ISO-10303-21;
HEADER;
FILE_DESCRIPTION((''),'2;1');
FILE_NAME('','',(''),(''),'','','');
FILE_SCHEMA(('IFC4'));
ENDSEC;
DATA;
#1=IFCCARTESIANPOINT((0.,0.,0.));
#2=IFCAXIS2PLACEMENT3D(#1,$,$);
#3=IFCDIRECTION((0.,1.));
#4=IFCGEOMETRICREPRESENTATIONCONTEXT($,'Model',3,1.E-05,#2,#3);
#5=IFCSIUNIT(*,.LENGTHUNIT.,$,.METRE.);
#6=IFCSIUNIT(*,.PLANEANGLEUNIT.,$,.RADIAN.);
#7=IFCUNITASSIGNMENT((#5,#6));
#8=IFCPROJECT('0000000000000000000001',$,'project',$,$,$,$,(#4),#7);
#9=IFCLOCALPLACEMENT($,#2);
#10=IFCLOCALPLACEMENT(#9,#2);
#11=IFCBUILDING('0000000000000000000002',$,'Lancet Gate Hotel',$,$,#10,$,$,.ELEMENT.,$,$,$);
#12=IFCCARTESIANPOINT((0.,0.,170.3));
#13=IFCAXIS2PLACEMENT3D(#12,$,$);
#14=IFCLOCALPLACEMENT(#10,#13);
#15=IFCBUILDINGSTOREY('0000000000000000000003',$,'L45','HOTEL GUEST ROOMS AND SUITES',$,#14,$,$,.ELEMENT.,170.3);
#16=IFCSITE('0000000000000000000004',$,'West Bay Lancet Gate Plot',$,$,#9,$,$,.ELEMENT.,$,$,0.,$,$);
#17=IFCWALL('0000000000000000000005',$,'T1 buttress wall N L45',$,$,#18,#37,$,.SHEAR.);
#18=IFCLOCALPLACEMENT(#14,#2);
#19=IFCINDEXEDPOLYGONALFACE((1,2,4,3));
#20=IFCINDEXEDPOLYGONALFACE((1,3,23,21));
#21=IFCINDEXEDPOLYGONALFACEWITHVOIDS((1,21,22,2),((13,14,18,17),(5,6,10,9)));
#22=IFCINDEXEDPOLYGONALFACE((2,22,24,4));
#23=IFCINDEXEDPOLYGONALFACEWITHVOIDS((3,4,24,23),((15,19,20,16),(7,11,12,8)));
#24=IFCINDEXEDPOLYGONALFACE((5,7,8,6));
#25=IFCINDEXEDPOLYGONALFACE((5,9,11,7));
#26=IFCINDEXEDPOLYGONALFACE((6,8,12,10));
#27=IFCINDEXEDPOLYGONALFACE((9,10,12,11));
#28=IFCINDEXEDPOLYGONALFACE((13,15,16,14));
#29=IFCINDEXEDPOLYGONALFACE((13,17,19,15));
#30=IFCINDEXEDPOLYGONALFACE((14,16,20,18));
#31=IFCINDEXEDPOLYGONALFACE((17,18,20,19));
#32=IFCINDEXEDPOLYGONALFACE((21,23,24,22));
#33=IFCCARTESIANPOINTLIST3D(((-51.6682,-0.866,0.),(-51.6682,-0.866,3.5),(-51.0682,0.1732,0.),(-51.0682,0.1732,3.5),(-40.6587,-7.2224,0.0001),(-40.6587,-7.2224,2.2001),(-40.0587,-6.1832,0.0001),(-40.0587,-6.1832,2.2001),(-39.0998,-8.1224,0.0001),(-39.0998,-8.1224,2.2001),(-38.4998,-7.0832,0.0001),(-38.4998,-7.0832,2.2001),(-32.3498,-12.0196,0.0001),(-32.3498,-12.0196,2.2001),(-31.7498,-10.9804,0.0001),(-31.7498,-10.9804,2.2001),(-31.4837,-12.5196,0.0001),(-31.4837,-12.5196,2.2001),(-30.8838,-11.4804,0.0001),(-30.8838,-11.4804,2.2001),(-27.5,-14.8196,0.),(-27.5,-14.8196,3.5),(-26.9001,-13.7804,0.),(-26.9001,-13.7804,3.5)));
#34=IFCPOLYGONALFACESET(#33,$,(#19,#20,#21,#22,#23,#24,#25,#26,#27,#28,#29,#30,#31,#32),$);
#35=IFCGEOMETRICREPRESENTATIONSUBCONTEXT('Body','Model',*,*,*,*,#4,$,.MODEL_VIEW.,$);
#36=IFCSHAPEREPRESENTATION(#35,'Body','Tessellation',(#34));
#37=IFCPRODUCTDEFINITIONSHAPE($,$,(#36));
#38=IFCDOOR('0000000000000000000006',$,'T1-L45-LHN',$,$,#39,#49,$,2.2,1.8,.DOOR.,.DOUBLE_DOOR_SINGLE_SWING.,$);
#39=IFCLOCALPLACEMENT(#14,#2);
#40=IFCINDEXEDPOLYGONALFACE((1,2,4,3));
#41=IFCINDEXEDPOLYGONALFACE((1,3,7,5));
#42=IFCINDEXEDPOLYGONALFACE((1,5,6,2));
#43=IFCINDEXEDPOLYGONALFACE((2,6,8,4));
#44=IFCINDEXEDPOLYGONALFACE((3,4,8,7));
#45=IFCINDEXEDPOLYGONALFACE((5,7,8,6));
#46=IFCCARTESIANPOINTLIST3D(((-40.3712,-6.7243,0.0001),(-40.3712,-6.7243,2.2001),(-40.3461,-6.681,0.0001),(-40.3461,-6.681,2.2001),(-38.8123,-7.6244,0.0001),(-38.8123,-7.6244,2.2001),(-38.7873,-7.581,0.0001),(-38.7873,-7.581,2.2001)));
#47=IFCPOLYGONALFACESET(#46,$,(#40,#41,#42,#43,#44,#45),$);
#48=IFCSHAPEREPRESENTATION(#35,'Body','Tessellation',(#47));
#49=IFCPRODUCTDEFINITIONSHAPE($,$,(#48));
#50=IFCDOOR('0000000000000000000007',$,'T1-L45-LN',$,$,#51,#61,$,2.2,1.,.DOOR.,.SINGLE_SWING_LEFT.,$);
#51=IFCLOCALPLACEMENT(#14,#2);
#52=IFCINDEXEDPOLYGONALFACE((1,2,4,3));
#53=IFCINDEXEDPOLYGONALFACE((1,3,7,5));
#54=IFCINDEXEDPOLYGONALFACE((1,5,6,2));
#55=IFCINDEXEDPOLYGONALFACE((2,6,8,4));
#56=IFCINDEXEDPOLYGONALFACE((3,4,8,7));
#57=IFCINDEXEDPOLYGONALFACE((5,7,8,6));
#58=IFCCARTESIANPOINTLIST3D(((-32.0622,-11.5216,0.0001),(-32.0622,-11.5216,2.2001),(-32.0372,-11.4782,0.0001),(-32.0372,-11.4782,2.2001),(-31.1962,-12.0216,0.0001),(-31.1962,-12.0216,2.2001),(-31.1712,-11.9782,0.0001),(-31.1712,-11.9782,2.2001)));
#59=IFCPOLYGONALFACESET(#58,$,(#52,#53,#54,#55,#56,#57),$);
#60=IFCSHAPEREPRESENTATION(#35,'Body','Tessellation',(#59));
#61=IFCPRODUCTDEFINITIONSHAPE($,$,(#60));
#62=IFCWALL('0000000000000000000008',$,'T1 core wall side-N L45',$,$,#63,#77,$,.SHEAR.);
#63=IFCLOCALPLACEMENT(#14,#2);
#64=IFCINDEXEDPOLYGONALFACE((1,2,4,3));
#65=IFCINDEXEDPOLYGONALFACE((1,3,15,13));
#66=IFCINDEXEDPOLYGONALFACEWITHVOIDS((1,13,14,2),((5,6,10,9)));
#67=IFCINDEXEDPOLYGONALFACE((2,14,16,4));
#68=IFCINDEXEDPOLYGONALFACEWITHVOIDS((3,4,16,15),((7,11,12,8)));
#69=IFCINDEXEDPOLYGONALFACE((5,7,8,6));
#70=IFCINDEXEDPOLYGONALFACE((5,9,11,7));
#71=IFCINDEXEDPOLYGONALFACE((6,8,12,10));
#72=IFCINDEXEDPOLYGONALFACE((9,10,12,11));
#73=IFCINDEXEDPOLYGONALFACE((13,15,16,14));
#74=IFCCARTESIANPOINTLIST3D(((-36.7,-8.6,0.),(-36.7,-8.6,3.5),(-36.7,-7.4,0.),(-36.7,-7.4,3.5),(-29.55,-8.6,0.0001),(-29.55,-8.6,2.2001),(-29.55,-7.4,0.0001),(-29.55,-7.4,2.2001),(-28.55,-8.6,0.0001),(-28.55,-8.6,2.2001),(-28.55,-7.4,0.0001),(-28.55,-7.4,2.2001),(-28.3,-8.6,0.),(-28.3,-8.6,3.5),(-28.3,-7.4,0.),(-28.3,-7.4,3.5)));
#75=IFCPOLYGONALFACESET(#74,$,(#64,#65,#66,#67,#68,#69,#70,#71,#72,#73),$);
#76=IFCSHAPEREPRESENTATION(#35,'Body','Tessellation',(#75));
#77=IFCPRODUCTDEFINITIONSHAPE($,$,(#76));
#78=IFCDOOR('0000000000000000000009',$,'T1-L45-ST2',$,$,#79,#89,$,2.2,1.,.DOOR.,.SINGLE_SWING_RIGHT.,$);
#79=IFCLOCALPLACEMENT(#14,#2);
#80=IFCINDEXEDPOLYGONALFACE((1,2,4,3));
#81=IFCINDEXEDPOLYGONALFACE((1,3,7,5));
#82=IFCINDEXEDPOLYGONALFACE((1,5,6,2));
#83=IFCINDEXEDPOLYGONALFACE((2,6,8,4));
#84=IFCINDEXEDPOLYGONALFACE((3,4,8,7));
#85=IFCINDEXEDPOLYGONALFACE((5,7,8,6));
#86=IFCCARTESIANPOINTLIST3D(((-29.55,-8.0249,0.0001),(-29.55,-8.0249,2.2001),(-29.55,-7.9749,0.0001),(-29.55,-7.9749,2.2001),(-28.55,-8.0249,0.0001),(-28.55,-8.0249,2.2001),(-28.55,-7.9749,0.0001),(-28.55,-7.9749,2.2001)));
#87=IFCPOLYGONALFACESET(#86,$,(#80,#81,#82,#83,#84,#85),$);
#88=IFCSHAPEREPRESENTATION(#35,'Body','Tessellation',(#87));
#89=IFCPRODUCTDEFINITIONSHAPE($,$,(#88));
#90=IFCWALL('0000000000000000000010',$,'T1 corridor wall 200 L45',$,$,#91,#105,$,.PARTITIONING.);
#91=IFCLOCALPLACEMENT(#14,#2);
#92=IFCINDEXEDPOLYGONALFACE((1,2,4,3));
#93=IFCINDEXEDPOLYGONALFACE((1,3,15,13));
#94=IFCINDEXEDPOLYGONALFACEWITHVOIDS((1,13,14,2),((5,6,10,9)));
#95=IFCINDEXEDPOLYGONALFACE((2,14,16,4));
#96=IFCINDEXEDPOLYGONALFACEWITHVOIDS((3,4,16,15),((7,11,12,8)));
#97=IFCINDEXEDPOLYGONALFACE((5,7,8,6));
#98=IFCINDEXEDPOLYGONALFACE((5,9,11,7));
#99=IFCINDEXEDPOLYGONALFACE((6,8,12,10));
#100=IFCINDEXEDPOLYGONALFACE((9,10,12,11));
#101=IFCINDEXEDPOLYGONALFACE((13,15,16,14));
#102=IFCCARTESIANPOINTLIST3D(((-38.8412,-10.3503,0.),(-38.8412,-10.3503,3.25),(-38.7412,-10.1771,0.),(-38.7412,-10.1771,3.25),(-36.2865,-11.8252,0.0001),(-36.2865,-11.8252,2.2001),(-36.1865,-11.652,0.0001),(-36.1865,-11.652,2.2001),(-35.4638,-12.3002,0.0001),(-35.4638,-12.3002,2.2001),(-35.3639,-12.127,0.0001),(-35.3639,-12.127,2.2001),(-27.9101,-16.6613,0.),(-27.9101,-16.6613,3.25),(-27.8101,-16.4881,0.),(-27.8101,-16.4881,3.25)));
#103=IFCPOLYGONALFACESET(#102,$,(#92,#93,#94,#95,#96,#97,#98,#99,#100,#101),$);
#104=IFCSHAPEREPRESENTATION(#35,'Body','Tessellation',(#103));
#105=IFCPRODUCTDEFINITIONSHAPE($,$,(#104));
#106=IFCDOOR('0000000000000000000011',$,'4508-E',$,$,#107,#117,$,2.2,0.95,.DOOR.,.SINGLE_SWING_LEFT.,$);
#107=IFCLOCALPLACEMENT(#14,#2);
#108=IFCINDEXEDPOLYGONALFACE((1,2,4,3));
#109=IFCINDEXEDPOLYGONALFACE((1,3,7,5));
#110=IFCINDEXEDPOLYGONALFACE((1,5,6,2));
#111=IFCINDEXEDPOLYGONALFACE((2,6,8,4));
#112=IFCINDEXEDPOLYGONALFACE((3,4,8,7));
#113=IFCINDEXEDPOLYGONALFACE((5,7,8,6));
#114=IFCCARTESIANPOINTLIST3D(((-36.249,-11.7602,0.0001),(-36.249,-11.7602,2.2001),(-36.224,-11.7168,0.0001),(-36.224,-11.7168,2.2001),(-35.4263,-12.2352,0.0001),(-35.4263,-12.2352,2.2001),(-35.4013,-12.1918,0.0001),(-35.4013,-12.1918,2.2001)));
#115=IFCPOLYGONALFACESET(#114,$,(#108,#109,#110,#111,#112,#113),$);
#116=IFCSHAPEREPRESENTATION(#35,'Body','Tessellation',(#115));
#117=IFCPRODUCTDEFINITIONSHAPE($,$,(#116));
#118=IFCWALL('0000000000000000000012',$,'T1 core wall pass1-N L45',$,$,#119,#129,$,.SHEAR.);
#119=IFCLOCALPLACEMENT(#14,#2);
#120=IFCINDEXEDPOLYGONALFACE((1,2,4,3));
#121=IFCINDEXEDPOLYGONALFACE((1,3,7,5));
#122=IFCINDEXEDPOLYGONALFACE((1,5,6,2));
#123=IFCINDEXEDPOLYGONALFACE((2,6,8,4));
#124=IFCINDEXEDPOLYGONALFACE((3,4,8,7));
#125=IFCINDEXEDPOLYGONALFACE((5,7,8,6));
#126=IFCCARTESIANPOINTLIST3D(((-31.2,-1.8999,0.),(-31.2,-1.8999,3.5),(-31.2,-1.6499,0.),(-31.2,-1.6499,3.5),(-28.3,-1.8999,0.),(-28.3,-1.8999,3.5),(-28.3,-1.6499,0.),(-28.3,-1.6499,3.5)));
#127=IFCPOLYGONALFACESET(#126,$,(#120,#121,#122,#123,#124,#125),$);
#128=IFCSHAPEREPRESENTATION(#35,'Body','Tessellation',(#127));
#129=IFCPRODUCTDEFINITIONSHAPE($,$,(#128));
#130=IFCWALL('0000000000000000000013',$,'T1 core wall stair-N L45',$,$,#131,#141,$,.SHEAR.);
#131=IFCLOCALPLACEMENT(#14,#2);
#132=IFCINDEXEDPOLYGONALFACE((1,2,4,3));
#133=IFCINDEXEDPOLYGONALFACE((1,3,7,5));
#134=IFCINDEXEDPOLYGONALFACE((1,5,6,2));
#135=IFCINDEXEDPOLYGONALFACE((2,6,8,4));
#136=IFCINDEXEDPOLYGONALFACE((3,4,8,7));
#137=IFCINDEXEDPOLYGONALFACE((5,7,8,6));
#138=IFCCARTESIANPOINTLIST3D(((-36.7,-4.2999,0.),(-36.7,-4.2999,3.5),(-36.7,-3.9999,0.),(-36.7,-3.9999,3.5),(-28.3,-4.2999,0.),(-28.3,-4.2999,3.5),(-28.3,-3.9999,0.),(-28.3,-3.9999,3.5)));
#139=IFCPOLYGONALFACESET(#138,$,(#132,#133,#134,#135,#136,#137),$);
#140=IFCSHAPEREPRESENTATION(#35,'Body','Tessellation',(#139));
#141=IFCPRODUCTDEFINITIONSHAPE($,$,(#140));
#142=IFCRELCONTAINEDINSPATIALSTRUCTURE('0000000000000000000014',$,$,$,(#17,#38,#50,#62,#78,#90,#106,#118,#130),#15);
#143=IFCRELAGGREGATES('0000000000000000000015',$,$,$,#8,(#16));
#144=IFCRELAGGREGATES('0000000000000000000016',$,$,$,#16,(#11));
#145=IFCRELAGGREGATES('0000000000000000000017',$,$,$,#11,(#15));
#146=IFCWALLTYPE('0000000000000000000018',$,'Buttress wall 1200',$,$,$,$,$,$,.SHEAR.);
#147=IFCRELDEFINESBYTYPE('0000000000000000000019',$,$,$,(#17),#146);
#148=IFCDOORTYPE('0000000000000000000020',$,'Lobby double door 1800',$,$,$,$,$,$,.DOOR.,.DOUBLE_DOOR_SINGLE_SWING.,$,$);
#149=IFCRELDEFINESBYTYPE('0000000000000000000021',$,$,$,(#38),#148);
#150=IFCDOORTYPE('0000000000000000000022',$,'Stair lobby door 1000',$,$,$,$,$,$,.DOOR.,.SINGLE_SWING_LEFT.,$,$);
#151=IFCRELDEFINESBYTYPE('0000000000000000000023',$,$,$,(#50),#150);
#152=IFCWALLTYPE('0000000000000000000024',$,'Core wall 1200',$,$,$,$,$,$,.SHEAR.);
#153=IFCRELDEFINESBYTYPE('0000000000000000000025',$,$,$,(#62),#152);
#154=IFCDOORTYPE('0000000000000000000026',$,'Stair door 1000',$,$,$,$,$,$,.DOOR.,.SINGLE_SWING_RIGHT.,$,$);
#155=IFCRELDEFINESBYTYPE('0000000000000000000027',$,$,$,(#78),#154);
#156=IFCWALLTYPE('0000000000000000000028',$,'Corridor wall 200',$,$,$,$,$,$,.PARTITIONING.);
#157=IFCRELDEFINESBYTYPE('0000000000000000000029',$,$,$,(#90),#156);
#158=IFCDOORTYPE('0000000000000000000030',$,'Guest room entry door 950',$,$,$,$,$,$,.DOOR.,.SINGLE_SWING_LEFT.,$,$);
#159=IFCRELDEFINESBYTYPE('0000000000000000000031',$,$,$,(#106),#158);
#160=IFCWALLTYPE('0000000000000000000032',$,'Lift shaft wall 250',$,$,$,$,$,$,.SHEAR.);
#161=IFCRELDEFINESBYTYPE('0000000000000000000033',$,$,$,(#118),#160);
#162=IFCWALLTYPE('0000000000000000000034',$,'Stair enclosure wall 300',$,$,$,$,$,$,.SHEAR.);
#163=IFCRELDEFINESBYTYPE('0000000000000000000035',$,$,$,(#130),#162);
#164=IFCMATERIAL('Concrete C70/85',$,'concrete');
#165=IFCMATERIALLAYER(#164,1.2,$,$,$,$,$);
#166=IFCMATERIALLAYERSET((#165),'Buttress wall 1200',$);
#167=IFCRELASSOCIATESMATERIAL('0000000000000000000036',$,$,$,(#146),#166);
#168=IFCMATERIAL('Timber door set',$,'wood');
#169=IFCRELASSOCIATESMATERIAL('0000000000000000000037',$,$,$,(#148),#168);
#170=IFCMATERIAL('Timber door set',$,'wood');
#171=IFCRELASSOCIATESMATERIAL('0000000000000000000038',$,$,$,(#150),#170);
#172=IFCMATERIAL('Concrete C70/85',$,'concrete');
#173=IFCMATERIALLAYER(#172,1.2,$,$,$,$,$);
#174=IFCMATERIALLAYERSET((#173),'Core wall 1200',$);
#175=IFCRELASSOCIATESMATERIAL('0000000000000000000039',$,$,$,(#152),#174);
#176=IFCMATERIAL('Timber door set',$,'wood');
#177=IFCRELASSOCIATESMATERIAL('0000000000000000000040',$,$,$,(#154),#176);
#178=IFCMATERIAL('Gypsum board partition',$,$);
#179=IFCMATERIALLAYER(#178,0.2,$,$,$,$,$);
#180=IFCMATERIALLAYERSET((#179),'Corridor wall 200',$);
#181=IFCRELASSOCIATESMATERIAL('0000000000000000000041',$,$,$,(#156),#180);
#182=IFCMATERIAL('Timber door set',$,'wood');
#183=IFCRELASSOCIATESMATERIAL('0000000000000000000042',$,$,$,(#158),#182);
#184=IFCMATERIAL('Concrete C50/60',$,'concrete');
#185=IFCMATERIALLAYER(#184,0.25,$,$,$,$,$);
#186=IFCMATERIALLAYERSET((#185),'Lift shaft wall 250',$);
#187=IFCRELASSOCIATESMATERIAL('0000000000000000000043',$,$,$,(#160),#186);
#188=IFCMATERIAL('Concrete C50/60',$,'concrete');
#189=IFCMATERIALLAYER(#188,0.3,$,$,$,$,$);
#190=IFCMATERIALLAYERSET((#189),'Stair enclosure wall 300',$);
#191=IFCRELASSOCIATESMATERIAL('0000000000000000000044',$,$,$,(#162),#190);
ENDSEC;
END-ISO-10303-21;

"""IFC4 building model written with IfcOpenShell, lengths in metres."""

from ifc_helpers import new_model, si_unit, direction, frame, frame_2d, origin, place, context, subcontext, project, spatial, rectangle, extrude, material, layer, layer_set, type_object, element, fill, save


model = new_model("IFC4")

# Units and contexts
model_context = context("Model", 3, precision=1e-05, world=origin(), true_north=direction((0.0, 1.0)))
body_context = subcontext(model_context, "Body", "Model", "MODEL_VIEW")
ifc_project = project(units=[si_unit("LENGTHUNIT", "METRE"), si_unit("PLANEANGLEUNIT", "RADIAN")], contexts=[model_context])

# Site, building, storey
site_placement = place(None, origin())
site = spatial("IfcSite", under=ifc_project, at=site_placement, Name="West Bay Lancet Gate Plot", CompositionType="ELEMENT", RefElevation=0.0)
building_placement = place(site_placement, origin())
building = spatial("IfcBuilding", under=site, at=building_placement, Name="Lancet Gate Hotel", CompositionType="ELEMENT")
storey_placement = place(building_placement, frame((0.0, 0.0, 170.3)))
storey = spatial("IfcBuildingStorey", under=building, at=storey_placement, Name="L45", Description="HOTEL GUEST ROOMS AND SUITES", CompositionType="ELEMENT", Elevation=170.3)

# Wall, openings, doors
ifc_material_1 = material(Name="Concrete C70/85", Category="concrete")
ifc_layer_1 = layer(ifc_material_1, 1.2)
ifc_layer_set_1 = layer_set([ifc_layer_1], Name="Buttress wall 1200")
wall_type_1 = type_object("IfcWallType", Name="Buttress wall 1200", PredefinedType="SHEAR", material=ifc_layer_set_1)
wall_1_placement = place(storey_placement, frame((-27.2, -14.3, 0.0), z_axis=(0.0, 0.0, 1.0), x_axis=(-0.866024, 0.500002, 0.0)))
wall_1 = element("IfcWall", 1, at=wall_1_placement, inside=storey, type_object=wall_type_1, Name="T1 buttress wall N L45", PredefinedType="SHEAR", context=body_context, shape_type="SweptSolid", body=[
    extrude(rectangle(XDim=27.907, YDim=1.2, at=frame_2d((13.9536, 0.0))), origin(), (0.0, 0.0, 1.0), 3.5),
])
opening_1_placement = place(wall_1_placement, frame((4.6001, 0.0, 0.0)))
opening_1 = element("IfcOpeningElement", 2, at=opening_1_placement, cuts=wall_1, PredefinedType="OPENING", context=body_context, shape_type="SweptSolid", body=[
    extrude(rectangle(XDim=1.0, YDim=2.2, at=frame_2d((0.5, 1.1001))), frame((0.0, 0.6099, 0.0), z_axis=(0.0, -1.0, 0.0), x_axis=(1.0, 0.0, 0.0)), (0.0, 0.0, 1.0), 1.22),
])
opening_2_placement = place(wall_1_placement, frame((13.3945, 0.0, 0.0)))
opening_2 = element("IfcOpeningElement", 3, at=opening_2_placement, cuts=wall_1, PredefinedType="OPENING", context=body_context, shape_type="SweptSolid", body=[
    extrude(rectangle(XDim=1.8, YDim=2.2, at=frame_2d((0.8999, 1.1001))), frame((0.0, 0.6099, 0.0), z_axis=(0.0, -1.0, 0.0), x_axis=(1.0, 0.0, 0.0)), (0.0, 0.0, 1.0), 1.22),
])
ifc_material_2 = material(Name="Timber door set", Category="wood")
door_type_1 = type_object("IfcDoorType", Name="Lobby double door 1800", OperationType="DOUBLE_DOOR_SINGLE_SWING", PredefinedType="DOOR", material=ifc_material_2)
door_1_placement = place(opening_2_placement, origin())
door_1 = element("IfcDoor", 4, at=door_1_placement, inside=storey, type_object=door_type_1, Name="T1-L45-LHN", OperationType="DOUBLE_DOOR_SINGLE_SWING", OverallHeight=2.2, OverallWidth=1.8, PredefinedType="DOOR", context=body_context, shape_type="SweptSolid", body=[
    extrude(rectangle(XDim=1.8, YDim=2.2, at=frame_2d((0.8999, 1.1001))), frame((0.0, 0.0249, 0.0), z_axis=(0.0, -1.0, 0.0), x_axis=(1.0, 0.0, 0.0)), (0.0, 0.0, 1.0), 0.05),
])
fill(opening_2, door_1)
ifc_material_3 = material(Name="Timber door set", Category="wood")
door_type_2 = type_object("IfcDoorType", Name="Stair lobby door 1000", OperationType="SINGLE_SWING_LEFT", PredefinedType="DOOR", material=ifc_material_3)
door_2_placement = place(opening_1_placement, origin())
door_2 = element("IfcDoor", 5, at=door_2_placement, inside=storey, type_object=door_type_2, Name="T1-L45-LN", OperationType="SINGLE_SWING_LEFT", OverallHeight=2.2, OverallWidth=1.0, PredefinedType="DOOR", context=body_context, shape_type="SweptSolid", body=[
    extrude(rectangle(XDim=1.0, YDim=2.2, at=frame_2d((0.5, 1.1001))), frame((0.0, 0.0249, 0.0), z_axis=(0.0, -1.0, 0.0), x_axis=(1.0, 0.0, 0.0)), (0.0, 0.0, 1.0), 0.05),
])
fill(opening_1, door_2)

# Walls, openings, doors
ifc_material_4 = material(Name="Concrete C70/85", Category="concrete")
ifc_layer_2 = layer(ifc_material_4, 1.2)
ifc_layer_set_2 = layer_set([ifc_layer_2], Name="Core wall 1200")
wall_type_2 = type_object("IfcWallType", Name="Core wall 1200", PredefinedType="SHEAR", material=ifc_layer_set_2)
wall_2_placement = place(storey_placement, frame((-28.3, -8.0, 0.0), z_axis=(0.0, 0.0, 1.0), x_axis=(-1.0, 0.0, 0.0)))
wall_2 = element("IfcWall", 6, at=wall_2_placement, inside=storey, type_object=wall_type_2, Name="T1 core wall side-N L45", PredefinedType="SHEAR", context=body_context, shape_type="SweptSolid", body=[
    extrude(rectangle(XDim=8.3999, YDim=1.2, at=frame_2d((4.2, 0.0))), origin(), (0.0, 0.0, 1.0), 3.5),
])
opening_3_placement = place(wall_2_placement, frame((0.25, 0.0, 0.0)))
opening_3 = element("IfcOpeningElement", 7, at=opening_3_placement, cuts=wall_2, PredefinedType="OPENING", context=body_context, shape_type="SweptSolid", body=[
    extrude(rectangle(XDim=1.0, YDim=2.2, at=frame_2d((0.5, 1.1001))), frame((0.0, 0.6099, 0.0), z_axis=(0.0, -1.0, 0.0), x_axis=(1.0, 0.0, 0.0)), (0.0, 0.0, 1.0), 1.22),
])
ifc_material_5 = material(Name="Timber door set", Category="wood")
door_type_3 = type_object("IfcDoorType", Name="Stair door 1000", OperationType="SINGLE_SWING_RIGHT", PredefinedType="DOOR", material=ifc_material_5)
door_3_placement = place(opening_3_placement, origin())
door_3 = element("IfcDoor", 8, at=door_3_placement, inside=storey, type_object=door_type_3, Name="T1-L45-ST2", OperationType="SINGLE_SWING_RIGHT", OverallHeight=2.2, OverallWidth=1.0, PredefinedType="DOOR", context=body_context, shape_type="SweptSolid", body=[
    extrude(rectangle(XDim=1.0, YDim=2.2, at=frame_2d((0.5, 1.1001))), frame((0.0, 0.0249, 0.0), z_axis=(0.0, -1.0, 0.0), x_axis=(1.0, 0.0, 0.0)), (0.0, 0.0, 1.0), 0.05),
])
fill(opening_3, door_3)
ifc_material_6 = material(Name="Gypsum board partition")
ifc_layer_3 = layer(ifc_material_6, 0.2)
ifc_layer_set_3 = layer_set([ifc_layer_3], Name="Corridor wall 200")
wall_type_3 = type_object("IfcWallType", Name="Corridor wall 200", PredefinedType="PARTITIONING", material=ifc_layer_set_3)
wall_3_placement = place(storey_placement, frame((-27.8601, -16.5747, 0.0), z_axis=(0.0, 0.0, 1.0), x_axis=(-0.866028, 0.499996, 0.0)))
wall_3 = element("IfcWall", 9, at=wall_3_placement, inside=storey, type_object=wall_type_3, Name="T1 corridor wall 200 L45", PredefinedType="PARTITIONING", context=body_context, shape_type="SweptSolid", body=[
    extrude(rectangle(XDim=12.6221, YDim=0.2, at=frame_2d((6.311, 0.0))), origin(), (0.0, 0.0, 1.0), 3.25),
])
opening_4_placement = place(wall_3_placement, frame((8.7222, 0.0, 0.0)))
opening_4 = element("IfcOpeningElement", 10, at=opening_4_placement, cuts=wall_3, PredefinedType="OPENING", context=body_context, shape_type="SweptSolid", body=[
    extrude(rectangle(XDim=0.95, YDim=2.2, at=frame_2d((0.4751, 1.1001))), frame((0.0, 0.1099, 0.0), z_axis=(0.0, -1.0, 0.0), x_axis=(1.0, 0.0, 0.0)), (0.0, 0.0, 1.0), 0.22),
])
ifc_material_7 = material(Name="Timber door set", Category="wood")
door_type_4 = type_object("IfcDoorType", Name="Guest room entry door 950", OperationType="SINGLE_SWING_LEFT", PredefinedType="DOOR", material=ifc_material_7)
door_4_placement = place(opening_4_placement, origin())
door_4 = element("IfcDoor", 11, at=door_4_placement, inside=storey, type_object=door_type_4, Name="4508-E", OperationType="SINGLE_SWING_LEFT", OverallHeight=2.2, OverallWidth=0.95, PredefinedType="DOOR", context=body_context, shape_type="SweptSolid", body=[
    extrude(rectangle(XDim=0.95, YDim=2.2, at=frame_2d((0.4751, 1.1001))), frame((0.0, 0.0249, 0.0), z_axis=(0.0, -1.0, 0.0), x_axis=(1.0, 0.0, 0.0)), (0.0, 0.0, 1.0), 0.05),
])
fill(opening_4, door_4)

# Walls
ifc_material_8 = material(Name="Concrete C50/60", Category="concrete")
ifc_layer_4 = layer(ifc_material_8, 0.25)
ifc_layer_set_4 = layer_set([ifc_layer_4], Name="Lift shaft wall 250")
wall_type_4 = type_object("IfcWallType", Name="Lift shaft wall 250", PredefinedType="SHEAR", material=ifc_layer_set_4)
wall_4_placement = place(storey_placement, frame((-28.3, -1.7749, 0.0), z_axis=(0.0, 0.0, 1.0), x_axis=(-1.0, 0.0, 0.0)))
element("IfcWall", 12, at=wall_4_placement, inside=storey, type_object=wall_type_4, Name="T1 core wall pass1-N L45", PredefinedType="SHEAR", context=body_context, shape_type="SweptSolid", body=[
    extrude(rectangle(XDim=2.8999, YDim=0.25, at=frame_2d((1.45, 0.0))), origin(), (0.0, 0.0, 1.0), 3.5),
])
ifc_material_9 = material(Name="Concrete C50/60", Category="concrete")
ifc_layer_5 = layer(ifc_material_9, 0.3)
ifc_layer_set_5 = layer_set([ifc_layer_5], Name="Stair enclosure wall 300")
wall_type_5 = type_object("IfcWallType", Name="Stair enclosure wall 300", PredefinedType="SHEAR", material=ifc_layer_set_5)
wall_5_placement = place(storey_placement, frame((-28.3, -4.1499, 0.0), z_axis=(0.0, 0.0, 1.0), x_axis=(-1.0, 0.0, 0.0)))
element("IfcWall", 13, at=wall_5_placement, inside=storey, type_object=wall_type_5, Name="T1 core wall stair-N L45", PredefinedType="SHEAR", context=body_context, shape_type="SweptSolid", body=[
    extrude(rectangle(XDim=8.3999, YDim=0.3, at=frame_2d((4.2, 0.0))), origin(), (0.0, 0.0, 1.0), 3.5),
])

save(model, "model.ifc")
